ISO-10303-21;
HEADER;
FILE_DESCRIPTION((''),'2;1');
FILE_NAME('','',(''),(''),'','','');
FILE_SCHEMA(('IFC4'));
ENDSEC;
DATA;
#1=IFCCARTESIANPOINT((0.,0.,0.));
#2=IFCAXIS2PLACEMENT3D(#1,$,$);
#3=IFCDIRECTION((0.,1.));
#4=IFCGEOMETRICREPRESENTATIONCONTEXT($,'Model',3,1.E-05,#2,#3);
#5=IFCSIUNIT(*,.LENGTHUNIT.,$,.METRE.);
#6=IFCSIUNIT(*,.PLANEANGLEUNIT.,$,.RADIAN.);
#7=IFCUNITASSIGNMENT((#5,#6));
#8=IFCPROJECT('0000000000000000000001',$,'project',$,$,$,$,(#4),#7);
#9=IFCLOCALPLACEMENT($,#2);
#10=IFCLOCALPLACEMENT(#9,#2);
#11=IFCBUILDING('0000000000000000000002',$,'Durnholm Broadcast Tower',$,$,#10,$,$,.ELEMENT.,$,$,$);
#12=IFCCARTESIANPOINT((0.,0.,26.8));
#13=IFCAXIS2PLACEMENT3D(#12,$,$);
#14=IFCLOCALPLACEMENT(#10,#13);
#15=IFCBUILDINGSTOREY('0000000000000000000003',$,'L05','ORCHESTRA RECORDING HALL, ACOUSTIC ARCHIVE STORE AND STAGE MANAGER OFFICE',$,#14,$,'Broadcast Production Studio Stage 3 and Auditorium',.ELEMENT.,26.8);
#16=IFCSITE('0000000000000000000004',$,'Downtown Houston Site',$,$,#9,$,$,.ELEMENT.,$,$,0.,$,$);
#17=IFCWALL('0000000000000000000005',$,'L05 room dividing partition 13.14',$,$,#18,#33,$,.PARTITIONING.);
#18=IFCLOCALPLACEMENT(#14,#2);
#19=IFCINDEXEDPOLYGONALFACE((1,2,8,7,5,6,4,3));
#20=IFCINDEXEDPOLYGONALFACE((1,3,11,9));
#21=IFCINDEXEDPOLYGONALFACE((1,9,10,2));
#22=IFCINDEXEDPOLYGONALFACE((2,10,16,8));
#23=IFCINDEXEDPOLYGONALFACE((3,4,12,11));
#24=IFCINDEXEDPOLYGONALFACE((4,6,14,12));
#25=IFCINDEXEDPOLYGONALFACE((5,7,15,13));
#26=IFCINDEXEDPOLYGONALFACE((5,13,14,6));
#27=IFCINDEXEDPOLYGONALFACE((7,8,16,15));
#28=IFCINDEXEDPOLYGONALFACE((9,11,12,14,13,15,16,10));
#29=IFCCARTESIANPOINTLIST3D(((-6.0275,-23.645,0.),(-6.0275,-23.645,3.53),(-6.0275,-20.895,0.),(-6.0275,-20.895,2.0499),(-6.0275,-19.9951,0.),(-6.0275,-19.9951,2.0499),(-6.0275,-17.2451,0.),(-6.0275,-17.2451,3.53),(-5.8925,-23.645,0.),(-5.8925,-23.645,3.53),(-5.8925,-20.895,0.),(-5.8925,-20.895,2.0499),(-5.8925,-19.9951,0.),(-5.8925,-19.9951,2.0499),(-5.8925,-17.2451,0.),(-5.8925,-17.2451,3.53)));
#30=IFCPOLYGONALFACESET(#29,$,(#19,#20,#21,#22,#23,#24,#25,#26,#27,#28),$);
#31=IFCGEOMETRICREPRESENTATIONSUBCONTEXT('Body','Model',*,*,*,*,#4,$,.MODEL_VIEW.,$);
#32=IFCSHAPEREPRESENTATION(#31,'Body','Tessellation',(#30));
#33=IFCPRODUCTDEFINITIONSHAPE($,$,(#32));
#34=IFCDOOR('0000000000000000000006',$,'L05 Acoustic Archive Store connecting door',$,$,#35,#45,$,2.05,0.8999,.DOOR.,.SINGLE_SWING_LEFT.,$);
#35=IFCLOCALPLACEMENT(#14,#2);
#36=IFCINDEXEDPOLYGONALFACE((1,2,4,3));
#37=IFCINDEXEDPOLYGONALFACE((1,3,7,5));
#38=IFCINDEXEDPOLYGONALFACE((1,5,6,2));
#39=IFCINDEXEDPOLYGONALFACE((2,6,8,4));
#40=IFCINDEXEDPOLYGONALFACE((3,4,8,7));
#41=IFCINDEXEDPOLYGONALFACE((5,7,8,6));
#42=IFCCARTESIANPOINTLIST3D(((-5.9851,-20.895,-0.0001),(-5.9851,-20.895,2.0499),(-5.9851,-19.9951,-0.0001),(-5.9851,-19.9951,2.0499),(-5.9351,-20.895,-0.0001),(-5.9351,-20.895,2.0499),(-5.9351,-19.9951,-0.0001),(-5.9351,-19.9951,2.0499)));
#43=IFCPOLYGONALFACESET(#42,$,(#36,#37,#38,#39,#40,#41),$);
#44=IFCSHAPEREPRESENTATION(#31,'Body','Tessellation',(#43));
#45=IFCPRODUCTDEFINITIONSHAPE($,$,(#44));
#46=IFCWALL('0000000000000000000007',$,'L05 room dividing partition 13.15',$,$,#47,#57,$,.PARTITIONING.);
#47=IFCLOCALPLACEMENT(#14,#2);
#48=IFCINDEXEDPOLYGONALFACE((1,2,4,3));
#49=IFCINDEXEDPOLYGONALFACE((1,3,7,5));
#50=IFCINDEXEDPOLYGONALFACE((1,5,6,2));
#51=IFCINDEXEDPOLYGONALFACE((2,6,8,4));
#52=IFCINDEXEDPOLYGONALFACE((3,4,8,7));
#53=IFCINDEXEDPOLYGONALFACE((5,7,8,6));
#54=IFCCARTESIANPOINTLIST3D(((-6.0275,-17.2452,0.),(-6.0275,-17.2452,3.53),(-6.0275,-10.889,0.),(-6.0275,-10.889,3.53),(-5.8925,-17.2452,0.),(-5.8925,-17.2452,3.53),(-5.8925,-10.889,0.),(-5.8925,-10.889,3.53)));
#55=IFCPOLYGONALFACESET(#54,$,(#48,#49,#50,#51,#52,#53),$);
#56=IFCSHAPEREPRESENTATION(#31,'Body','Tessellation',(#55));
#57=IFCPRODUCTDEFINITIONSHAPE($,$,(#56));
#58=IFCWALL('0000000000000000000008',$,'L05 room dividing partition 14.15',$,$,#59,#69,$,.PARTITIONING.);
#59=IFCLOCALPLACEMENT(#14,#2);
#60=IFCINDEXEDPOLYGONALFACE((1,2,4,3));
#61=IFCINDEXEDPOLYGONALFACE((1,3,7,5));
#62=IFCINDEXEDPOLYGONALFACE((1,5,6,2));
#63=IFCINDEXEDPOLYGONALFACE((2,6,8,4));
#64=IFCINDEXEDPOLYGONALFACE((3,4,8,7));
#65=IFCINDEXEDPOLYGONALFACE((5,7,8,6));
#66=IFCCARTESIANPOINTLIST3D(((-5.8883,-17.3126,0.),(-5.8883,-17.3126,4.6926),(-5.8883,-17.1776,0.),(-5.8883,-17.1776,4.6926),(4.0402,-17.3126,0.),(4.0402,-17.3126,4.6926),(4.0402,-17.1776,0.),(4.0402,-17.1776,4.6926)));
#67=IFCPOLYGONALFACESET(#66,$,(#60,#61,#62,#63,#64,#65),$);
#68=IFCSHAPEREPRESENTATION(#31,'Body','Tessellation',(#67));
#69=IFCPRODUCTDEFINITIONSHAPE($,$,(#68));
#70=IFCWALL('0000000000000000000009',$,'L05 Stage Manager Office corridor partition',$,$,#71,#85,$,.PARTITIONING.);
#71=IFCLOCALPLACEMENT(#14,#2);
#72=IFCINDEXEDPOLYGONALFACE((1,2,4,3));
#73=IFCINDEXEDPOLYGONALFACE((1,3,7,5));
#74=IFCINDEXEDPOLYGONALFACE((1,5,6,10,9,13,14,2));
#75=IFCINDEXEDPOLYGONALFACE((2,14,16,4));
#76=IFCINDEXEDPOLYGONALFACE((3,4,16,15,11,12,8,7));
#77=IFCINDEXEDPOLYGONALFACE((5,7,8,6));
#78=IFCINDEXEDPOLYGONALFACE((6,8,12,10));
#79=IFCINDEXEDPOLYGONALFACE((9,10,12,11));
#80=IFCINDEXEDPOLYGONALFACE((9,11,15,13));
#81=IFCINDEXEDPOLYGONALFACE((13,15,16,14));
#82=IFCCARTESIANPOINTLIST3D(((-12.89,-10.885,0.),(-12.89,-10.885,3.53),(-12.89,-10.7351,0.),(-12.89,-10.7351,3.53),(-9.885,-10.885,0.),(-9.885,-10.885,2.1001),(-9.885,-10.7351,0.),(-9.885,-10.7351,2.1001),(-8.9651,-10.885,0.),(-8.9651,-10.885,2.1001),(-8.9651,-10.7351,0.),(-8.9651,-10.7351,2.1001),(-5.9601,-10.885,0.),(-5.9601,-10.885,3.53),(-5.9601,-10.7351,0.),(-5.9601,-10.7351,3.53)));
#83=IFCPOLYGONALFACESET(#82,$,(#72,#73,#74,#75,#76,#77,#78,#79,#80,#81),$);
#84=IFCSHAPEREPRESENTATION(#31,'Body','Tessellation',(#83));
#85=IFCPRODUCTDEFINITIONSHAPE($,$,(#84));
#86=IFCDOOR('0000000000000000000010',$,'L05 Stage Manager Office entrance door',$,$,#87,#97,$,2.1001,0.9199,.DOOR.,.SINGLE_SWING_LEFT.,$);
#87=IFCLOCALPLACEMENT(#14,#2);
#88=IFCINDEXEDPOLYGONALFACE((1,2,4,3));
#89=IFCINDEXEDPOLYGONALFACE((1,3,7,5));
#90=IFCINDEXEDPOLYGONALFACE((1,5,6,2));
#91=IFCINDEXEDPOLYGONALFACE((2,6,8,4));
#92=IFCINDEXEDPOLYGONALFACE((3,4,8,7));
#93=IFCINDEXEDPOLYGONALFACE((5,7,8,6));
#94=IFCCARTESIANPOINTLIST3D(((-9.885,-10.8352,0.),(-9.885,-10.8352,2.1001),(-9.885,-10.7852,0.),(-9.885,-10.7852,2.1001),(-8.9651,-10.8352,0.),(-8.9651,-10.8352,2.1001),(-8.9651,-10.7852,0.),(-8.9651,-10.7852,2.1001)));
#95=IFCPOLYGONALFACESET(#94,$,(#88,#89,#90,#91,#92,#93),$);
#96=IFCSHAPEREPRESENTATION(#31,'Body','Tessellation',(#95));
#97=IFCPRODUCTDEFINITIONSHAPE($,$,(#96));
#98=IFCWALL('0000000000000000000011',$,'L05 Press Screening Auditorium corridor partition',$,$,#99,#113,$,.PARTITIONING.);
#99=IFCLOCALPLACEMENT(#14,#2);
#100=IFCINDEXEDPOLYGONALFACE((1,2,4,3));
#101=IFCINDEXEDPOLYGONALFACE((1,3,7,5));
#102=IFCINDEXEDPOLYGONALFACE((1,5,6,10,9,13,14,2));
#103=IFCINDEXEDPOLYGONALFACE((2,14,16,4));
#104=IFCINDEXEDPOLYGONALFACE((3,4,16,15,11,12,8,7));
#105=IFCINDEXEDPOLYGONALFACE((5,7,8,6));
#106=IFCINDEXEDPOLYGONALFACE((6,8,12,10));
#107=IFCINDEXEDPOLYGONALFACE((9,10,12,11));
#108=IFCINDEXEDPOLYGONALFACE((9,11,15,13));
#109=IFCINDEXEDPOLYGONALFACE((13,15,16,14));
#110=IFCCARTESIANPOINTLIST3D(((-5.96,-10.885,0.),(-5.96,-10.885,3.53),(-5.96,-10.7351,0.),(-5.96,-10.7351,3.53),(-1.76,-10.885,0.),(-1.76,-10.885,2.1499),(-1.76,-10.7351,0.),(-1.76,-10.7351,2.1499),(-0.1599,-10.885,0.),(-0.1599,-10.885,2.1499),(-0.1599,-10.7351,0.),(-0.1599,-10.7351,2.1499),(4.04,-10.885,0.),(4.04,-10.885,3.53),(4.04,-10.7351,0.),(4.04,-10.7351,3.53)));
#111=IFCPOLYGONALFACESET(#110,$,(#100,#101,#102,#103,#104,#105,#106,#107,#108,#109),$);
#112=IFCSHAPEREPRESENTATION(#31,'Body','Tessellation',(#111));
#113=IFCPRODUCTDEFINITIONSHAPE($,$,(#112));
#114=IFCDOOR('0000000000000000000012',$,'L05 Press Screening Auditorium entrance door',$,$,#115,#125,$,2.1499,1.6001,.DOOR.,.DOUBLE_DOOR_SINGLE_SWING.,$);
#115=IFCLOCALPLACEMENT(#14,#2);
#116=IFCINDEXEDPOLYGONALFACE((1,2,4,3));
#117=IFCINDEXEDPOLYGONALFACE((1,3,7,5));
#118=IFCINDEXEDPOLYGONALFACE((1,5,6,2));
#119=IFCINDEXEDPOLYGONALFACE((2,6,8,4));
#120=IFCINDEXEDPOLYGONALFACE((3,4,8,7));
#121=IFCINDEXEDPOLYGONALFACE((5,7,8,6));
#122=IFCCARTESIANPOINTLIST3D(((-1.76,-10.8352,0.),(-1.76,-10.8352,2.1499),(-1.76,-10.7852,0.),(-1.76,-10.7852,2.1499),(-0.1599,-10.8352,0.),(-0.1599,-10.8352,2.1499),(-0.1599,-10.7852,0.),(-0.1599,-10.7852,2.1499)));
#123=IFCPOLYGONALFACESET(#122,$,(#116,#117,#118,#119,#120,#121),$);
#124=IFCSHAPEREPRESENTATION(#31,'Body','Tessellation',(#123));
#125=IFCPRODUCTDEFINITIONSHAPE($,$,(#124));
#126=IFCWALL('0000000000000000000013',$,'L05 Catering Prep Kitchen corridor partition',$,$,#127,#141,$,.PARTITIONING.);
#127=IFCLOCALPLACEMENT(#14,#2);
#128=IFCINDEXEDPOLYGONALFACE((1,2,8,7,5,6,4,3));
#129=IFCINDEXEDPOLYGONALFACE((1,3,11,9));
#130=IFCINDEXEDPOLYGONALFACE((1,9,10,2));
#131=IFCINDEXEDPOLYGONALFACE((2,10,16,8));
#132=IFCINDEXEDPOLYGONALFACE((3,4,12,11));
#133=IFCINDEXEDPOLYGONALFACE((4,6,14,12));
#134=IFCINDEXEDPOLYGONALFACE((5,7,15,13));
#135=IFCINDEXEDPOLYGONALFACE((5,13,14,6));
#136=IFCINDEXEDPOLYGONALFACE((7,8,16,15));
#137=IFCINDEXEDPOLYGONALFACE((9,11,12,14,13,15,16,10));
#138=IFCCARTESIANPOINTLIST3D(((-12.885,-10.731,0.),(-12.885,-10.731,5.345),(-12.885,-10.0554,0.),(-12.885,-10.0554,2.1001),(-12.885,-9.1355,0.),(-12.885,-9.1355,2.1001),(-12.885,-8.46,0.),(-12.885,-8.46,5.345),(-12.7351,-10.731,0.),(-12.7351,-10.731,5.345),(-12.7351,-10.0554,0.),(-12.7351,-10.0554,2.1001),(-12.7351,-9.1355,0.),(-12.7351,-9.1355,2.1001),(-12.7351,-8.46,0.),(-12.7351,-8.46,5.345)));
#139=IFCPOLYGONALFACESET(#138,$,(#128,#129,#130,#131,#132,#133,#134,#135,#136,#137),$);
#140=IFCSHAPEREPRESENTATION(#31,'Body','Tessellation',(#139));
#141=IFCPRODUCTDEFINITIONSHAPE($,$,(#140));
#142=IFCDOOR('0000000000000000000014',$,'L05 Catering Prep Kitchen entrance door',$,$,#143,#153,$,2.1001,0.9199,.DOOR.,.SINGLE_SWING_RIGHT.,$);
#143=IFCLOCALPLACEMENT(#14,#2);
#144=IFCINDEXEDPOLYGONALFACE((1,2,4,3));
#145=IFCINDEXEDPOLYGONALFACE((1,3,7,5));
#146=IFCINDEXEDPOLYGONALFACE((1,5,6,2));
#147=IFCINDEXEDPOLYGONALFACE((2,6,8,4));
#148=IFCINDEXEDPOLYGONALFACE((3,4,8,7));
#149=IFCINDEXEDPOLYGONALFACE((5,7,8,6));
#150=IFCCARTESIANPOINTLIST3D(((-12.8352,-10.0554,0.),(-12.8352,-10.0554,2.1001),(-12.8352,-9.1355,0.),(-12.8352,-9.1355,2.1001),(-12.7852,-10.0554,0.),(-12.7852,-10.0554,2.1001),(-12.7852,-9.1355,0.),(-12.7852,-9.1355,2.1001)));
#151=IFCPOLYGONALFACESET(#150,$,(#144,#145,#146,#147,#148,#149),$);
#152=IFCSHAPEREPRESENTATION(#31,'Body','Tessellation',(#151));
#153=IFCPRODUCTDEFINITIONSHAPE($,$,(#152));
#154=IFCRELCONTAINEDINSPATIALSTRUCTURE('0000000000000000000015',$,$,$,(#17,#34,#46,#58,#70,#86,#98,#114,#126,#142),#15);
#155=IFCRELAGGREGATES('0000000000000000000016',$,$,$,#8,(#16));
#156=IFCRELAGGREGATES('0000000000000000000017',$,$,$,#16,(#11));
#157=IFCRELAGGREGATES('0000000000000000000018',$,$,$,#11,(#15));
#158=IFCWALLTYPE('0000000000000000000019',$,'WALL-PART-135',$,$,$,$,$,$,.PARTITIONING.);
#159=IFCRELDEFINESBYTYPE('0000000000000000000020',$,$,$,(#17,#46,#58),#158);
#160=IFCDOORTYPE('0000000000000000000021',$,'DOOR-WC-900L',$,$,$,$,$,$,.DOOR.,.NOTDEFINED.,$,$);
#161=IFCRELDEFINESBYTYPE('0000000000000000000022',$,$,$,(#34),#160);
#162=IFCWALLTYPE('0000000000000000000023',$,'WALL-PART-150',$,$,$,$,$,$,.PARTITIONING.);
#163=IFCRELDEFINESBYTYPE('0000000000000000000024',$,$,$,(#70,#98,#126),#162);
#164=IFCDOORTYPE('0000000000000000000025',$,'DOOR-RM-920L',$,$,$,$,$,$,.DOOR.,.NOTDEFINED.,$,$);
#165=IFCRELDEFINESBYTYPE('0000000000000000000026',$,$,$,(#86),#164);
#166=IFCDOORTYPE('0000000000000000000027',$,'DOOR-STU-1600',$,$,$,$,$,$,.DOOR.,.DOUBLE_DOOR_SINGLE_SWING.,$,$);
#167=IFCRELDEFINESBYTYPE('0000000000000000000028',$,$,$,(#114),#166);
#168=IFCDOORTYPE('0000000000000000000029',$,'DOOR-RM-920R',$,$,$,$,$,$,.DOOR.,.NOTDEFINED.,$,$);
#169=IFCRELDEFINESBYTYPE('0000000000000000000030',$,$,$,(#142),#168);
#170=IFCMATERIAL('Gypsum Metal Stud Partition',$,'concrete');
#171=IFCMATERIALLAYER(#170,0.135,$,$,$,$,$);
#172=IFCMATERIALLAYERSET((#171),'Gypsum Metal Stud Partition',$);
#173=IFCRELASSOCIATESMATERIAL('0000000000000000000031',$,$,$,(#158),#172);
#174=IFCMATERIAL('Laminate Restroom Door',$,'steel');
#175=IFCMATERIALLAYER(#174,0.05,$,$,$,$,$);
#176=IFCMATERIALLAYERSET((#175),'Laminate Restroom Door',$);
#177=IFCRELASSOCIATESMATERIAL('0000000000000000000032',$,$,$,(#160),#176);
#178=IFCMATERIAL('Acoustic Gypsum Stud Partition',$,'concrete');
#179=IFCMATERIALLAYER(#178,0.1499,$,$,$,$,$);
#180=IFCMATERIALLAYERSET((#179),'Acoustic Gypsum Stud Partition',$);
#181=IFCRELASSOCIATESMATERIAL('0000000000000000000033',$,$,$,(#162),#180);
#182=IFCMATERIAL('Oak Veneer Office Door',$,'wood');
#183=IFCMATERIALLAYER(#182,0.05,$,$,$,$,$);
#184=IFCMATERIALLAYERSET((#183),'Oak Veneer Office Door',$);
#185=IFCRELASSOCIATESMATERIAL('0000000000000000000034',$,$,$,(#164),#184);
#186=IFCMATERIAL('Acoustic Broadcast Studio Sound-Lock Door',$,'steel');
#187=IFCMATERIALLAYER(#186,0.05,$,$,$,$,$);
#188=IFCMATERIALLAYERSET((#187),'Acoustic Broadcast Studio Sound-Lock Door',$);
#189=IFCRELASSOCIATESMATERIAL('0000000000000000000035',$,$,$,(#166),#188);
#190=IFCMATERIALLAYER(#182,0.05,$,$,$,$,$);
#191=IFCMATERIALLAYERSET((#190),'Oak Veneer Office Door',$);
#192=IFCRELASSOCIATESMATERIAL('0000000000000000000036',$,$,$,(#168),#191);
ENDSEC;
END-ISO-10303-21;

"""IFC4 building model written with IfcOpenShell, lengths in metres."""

from ifc_helpers import new_model, si_unit, direction, frame, frame_2d, origin, place, context, subcontext, project, spatial, rectangle, extrude, source, transform, mapped, material, layer, layer_set, type_object, type_shapes, element, fill, save


model = new_model("IFC4")

# Units and contexts
model_context = context("Model", 3, precision=1e-05, world=origin(), true_north=direction((0.0, 1.0)))
body_context = subcontext(model_context, "Body", "Model", "MODEL_VIEW")
ifc_project = project(units=[si_unit("LENGTHUNIT", "METRE"), si_unit("PLANEANGLEUNIT", "RADIAN")], contexts=[model_context])

# Site, building, storey
site_placement = place(None, origin())
site = spatial("IfcSite", under=ifc_project, at=site_placement, Name="Downtown Houston Site", CompositionType="ELEMENT", RefElevation=0.0)
building_placement = place(site_placement, origin())
building = spatial("IfcBuilding", under=site, at=building_placement, Name="Durnholm Broadcast Tower", CompositionType="ELEMENT")
storey_placement = place(building_placement, frame((0.0, 0.0, 26.8)))
storey = spatial("IfcBuildingStorey", under=building, at=storey_placement, Name="L05", Description="ORCHESTRA RECORDING HALL, ACOUSTIC ARCHIVE STORE AND STAGE MANAGER OFFICE", LongName="Broadcast Production Studio Stage 3 and Auditorium", CompositionType="ELEMENT", Elevation=26.8)

# Wall, opening, door
ifc_material_1 = material(Name="Gypsum Metal Stud Partition", Category="concrete")
ifc_layer_1 = layer(ifc_material_1, 0.135)
ifc_layer_set_1 = layer_set([ifc_layer_1], Name="Gypsum Metal Stud Partition")
wall_type_1 = type_object("IfcWallType", Name="WALL-PART-135", PredefinedType="PARTITIONING", material=ifc_layer_set_1)
wall_1_placement = place(storey_placement, frame((-5.96, -17.2451, 0.0), z_axis=(0.0, 0.0, 1.0), x_axis=(0.0, -1.0, 0.0)))
wall_1 = element("IfcWall", 1, at=wall_1_placement, inside=storey, type_object=wall_type_1, Name="L05 room dividing partition 13.14", PredefinedType="PARTITIONING", context=body_context, shape_type="SweptSolid", body=[
    extrude(rectangle(XDim=6.3999, YDim=0.135, at=frame_2d((3.2, 0.0))), origin(), (0.0, 0.0, 1.0), 3.53),
])
opening_1_placement = place(wall_1_placement, frame((2.75, 0.0, 0.0)))
opening_1 = element("IfcOpeningElement", 2, at=opening_1_placement, cuts=wall_1, PredefinedType="OPENING", context=body_context, shape_type="SweptSolid", body=[
    extrude(rectangle(XDim=0.8999, YDim=2.05, at=frame_2d((0.45, 1.0249))), frame((0.0, 0.0776, 0.0), z_axis=(0.0, -1.0, 0.0), x_axis=(1.0, 0.0, 0.0)), (0.0, 0.0, 1.0), 0.155),
])
ifc_material_2 = material(Name="Laminate Restroom Door", Category="steel")
ifc_layer_2 = layer(ifc_material_2, 0.05)
ifc_layer_set_2 = layer_set([ifc_layer_2], Name="Laminate Restroom Door")
door_type_1 = type_object("IfcDoorType", Name="DOOR-WC-900L", OperationType="NOTDEFINED", PredefinedType="DOOR", material=ifc_layer_set_2)
shared_shape_1 = source(origin(), body_context, "Body", "SweptSolid", [
    extrude(rectangle(XDim=0.8999, YDim=2.05, at=frame_2d((0.45, 1.0249))), frame((0.0, 0.0249, 0.0), z_axis=(0.0, -1.0, 0.0), x_axis=(1.0, 0.0, 0.0)), (0.0, 0.0, 1.0), 0.05),
])
type_shapes(door_type_1, [shared_shape_1])
door_1_placement = place(opening_1_placement, origin())
door_1 = element("IfcDoor", 3, at=door_1_placement, inside=storey, type_object=door_type_1, Name="L05 Acoustic Archive Store connecting door", OperationType="SINGLE_SWING_LEFT", OverallHeight=2.05, OverallWidth=0.8999, PredefinedType="DOOR", context=body_context, shape_type="MappedRepresentation", body=[
    mapped(shared_shape_1, transform((0.0, 0.0, 0.0), x_axis=(1.0, 0.0, 0.0), y_axis=(0.0, 1.0, 0.0), z_axis=(0.0, 0.0, 1.0), scale=1.0)),
])
fill(opening_1, door_1)

# Walls
wall_2_placement = place(storey_placement, frame((-5.96, -10.8889, 0.0), z_axis=(0.0, 0.0, 1.0), x_axis=(0.0, -1.0, 0.0)))
element("IfcWall", 4, at=wall_2_placement, inside=storey, type_object=wall_type_1, Name="L05 room dividing partition 13.15", PredefinedType="PARTITIONING", context=body_context, shape_type="SweptSolid", body=[
    extrude(rectangle(XDim=6.3562, YDim=0.135, at=frame_2d((3.1782, 0.0))), origin(), (0.0, 0.0, 1.0), 3.53),
])
wall_3_placement = place(storey_placement, frame((-5.8884, -17.2451, 0.0), z_axis=(0.0, 0.0, 1.0), x_axis=(1.0, 0.0, 0.0)))
element("IfcWall", 5, at=wall_3_placement, inside=storey, type_object=wall_type_1, Name="L05 room dividing partition 14.15", PredefinedType="PARTITIONING", context=body_context, shape_type="SweptSolid", body=[
    extrude(rectangle(XDim=9.9285, YDim=0.135, at=frame_2d((4.9644, 0.0))), origin(), (0.0, 0.0, 1.0), 4.6926),
])

# Walls, openings, doors
ifc_material_3 = material(Name="Acoustic Gypsum Stud Partition", Category="concrete")
ifc_layer_3 = layer(ifc_material_3, 0.1499)
ifc_layer_set_3 = layer_set([ifc_layer_3], Name="Acoustic Gypsum Stud Partition")
wall_type_2 = type_object("IfcWallType", Name="WALL-PART-150", PredefinedType="PARTITIONING", material=ifc_layer_set_3)
wall_4_placement = place(storey_placement, frame((-12.8899, -10.8101, 0.0), z_axis=(0.0, 0.0, 1.0), x_axis=(1.0, 0.0, 0.0)))
wall_4 = element("IfcWall", 6, at=wall_4_placement, inside=storey, type_object=wall_type_2, Name="L05 Stage Manager Office corridor partition", PredefinedType="PARTITIONING", context=body_context, shape_type="SweptSolid", body=[
    extrude(rectangle(XDim=6.9299, YDim=0.1499, at=frame_2d((3.4648, 0.0))), origin(), (0.0, 0.0, 1.0), 3.53),
])
opening_2_placement = place(wall_4_placement, frame((3.0049, 0.0, 0.0)))
opening_2 = element("IfcOpeningElement", 7, at=opening_2_placement, cuts=wall_4, PredefinedType="OPENING", context=body_context, shape_type="SweptSolid", body=[
    extrude(rectangle(XDim=0.9199, YDim=2.1001, at=frame_2d((0.46, 1.05))), frame((0.0, 0.085, 0.0), z_axis=(0.0, -1.0, 0.0), x_axis=(1.0, 0.0, 0.0)), (0.0, 0.0, 1.0), 0.1699),
])
ifc_material_4 = material(Name="Oak Veneer Office Door", Category="wood")
ifc_layer_4 = layer(ifc_material_4, 0.05)
ifc_layer_set_4 = layer_set([ifc_layer_4], Name="Oak Veneer Office Door")
door_type_2 = type_object("IfcDoorType", Name="DOOR-RM-920L", OperationType="NOTDEFINED", PredefinedType="DOOR", material=ifc_layer_set_4)
shared_shape_2 = source(origin(), body_context, "Body", "SweptSolid", [
    extrude(rectangle(XDim=0.9199, YDim=2.1001, at=frame_2d((0.46, 1.05))), frame((0.0, 0.0249, 0.0), z_axis=(0.0, -1.0, 0.0), x_axis=(1.0, 0.0, 0.0)), (0.0, 0.0, 1.0), 0.05),
])
type_shapes(door_type_2, [shared_shape_2])
door_2_placement = place(opening_2_placement, origin())
door_2 = element("IfcDoor", 8, at=door_2_placement, inside=storey, type_object=door_type_2, Name="L05 Stage Manager Office entrance door", OperationType="SINGLE_SWING_LEFT", OverallHeight=2.1001, OverallWidth=0.9199, PredefinedType="DOOR", context=body_context, shape_type="MappedRepresentation", body=[
    mapped(shared_shape_2, transform((0.0, 0.0, 0.0), x_axis=(1.0, 0.0, 0.0), y_axis=(0.0, 1.0, 0.0), z_axis=(0.0, 0.0, 1.0), scale=1.0)),
])
fill(opening_2, door_2)
wall_5_placement = place(storey_placement, frame((-5.96, -10.8101, 0.0), z_axis=(0.0, 0.0, 1.0), x_axis=(1.0, 0.0, 0.0)))
wall_5 = element("IfcWall", 9, at=wall_5_placement, inside=storey, type_object=wall_type_2, Name="L05 Press Screening Auditorium corridor partition", PredefinedType="PARTITIONING", context=body_context, shape_type="SweptSolid", body=[
    extrude(rectangle(XDim=10.0, YDim=0.1499, at=frame_2d((5.0, 0.0))), origin(), (0.0, 0.0, 1.0), 3.53),
])
opening_3_placement = place(wall_5_placement, frame((4.2, 0.0, 0.0)))
opening_3 = element("IfcOpeningElement", 10, at=opening_3_placement, cuts=wall_5, PredefinedType="OPENING", context=body_context, shape_type="SweptSolid", body=[
    extrude(rectangle(XDim=1.6001, YDim=2.1499, at=frame_2d((0.8, 1.075))), frame((0.0, 0.085, 0.0), z_axis=(0.0, -1.0, 0.0), x_axis=(1.0, 0.0, 0.0)), (0.0, 0.0, 1.0), 0.1699),
])
ifc_material_5 = material(Name="Acoustic Broadcast Studio Sound-Lock Door", Category="steel")
ifc_layer_5 = layer(ifc_material_5, 0.05)
ifc_layer_set_5 = layer_set([ifc_layer_5], Name="Acoustic Broadcast Studio Sound-Lock Door")
door_type_3 = type_object("IfcDoorType", Name="DOOR-STU-1600", OperationType="DOUBLE_DOOR_SINGLE_SWING", PredefinedType="DOOR", material=ifc_layer_set_5)
shared_shape_3 = source(origin(), body_context, "Body", "SweptSolid", [
    extrude(rectangle(XDim=1.6001, YDim=2.1499, at=frame_2d((0.8, 1.075))), frame((0.0, 0.0249, 0.0), z_axis=(0.0, -1.0, 0.0), x_axis=(1.0, 0.0, 0.0)), (0.0, 0.0, 1.0), 0.05),
])
type_shapes(door_type_3, [shared_shape_3])
door_3_placement = place(opening_3_placement, origin())
door_3 = element("IfcDoor", 11, at=door_3_placement, inside=storey, type_object=door_type_3, Name="L05 Press Screening Auditorium entrance door", OperationType="DOUBLE_DOOR_SINGLE_SWING", OverallHeight=2.1499, OverallWidth=1.6001, PredefinedType="DOOR", context=body_context, shape_type="MappedRepresentation", body=[
    mapped(shared_shape_3, transform((0.0, 0.0, 0.0), x_axis=(1.0, 0.0, 0.0), y_axis=(0.0, 1.0, 0.0), z_axis=(0.0, 0.0, 1.0), scale=1.0)),
])
fill(opening_3, door_3)
wall_6_placement = place(storey_placement, frame((-12.8101, -8.46, 0.0), z_axis=(0.0, 0.0, 1.0), x_axis=(0.0, -1.0, 0.0)))
wall_6 = element("IfcWall", 12, at=wall_6_placement, inside=storey, type_object=wall_type_2, Name="L05 Catering Prep Kitchen corridor partition", PredefinedType="PARTITIONING", context=body_context, shape_type="SweptSolid", body=[
    extrude(rectangle(XDim=2.271, YDim=0.1499, at=frame_2d((1.1355, 0.0))), origin(), (0.0, 0.0, 1.0), 5.345),
])
opening_4_placement = place(wall_6_placement, frame((0.6755, 0.0, 0.0)))
opening_4 = element("IfcOpeningElement", 13, at=opening_4_placement, cuts=wall_6, PredefinedType="OPENING", context=body_context, shape_type="SweptSolid", body=[
    extrude(rectangle(XDim=0.9199, YDim=2.1001, at=frame_2d((0.46, 1.05))), frame((0.0, 0.085, 0.0), z_axis=(0.0, -1.0, 0.0), x_axis=(1.0, 0.0, 0.0)), (0.0, 0.0, 1.0), 0.1699),
])
ifc_layer_6 = layer(ifc_material_4, 0.05)
ifc_layer_set_6 = layer_set([ifc_layer_6], Name="Oak Veneer Office Door")
door_type_4 = type_object("IfcDoorType", Name="DOOR-RM-920R", OperationType="NOTDEFINED", PredefinedType="DOOR", material=ifc_layer_set_6)
shared_shape_4 = source(origin(), body_context, "Body", "SweptSolid", [
    extrude(rectangle(XDim=0.9199, YDim=2.1001, at=frame_2d((0.46, 1.05))), frame((0.0, 0.0249, 0.0), z_axis=(0.0, -1.0, 0.0), x_axis=(1.0, 0.0, 0.0)), (0.0, 0.0, 1.0), 0.05),
])
type_shapes(door_type_4, [shared_shape_4])
door_4_placement = place(opening_4_placement, origin())
door_4 = element("IfcDoor", 14, at=door_4_placement, inside=storey, type_object=door_type_4, Name="L05 Catering Prep Kitchen entrance door", OperationType="SINGLE_SWING_RIGHT", OverallHeight=2.1001, OverallWidth=0.9199, PredefinedType="DOOR", context=body_context, shape_type="MappedRepresentation", body=[
    mapped(shared_shape_4, transform((0.0, 0.0, 0.0), x_axis=(1.0, 0.0, 0.0), y_axis=(0.0, 1.0, 0.0), z_axis=(0.0, 0.0, 1.0), scale=1.0)),
])
fill(opening_4, door_4)

save(model, "model.ifc")
